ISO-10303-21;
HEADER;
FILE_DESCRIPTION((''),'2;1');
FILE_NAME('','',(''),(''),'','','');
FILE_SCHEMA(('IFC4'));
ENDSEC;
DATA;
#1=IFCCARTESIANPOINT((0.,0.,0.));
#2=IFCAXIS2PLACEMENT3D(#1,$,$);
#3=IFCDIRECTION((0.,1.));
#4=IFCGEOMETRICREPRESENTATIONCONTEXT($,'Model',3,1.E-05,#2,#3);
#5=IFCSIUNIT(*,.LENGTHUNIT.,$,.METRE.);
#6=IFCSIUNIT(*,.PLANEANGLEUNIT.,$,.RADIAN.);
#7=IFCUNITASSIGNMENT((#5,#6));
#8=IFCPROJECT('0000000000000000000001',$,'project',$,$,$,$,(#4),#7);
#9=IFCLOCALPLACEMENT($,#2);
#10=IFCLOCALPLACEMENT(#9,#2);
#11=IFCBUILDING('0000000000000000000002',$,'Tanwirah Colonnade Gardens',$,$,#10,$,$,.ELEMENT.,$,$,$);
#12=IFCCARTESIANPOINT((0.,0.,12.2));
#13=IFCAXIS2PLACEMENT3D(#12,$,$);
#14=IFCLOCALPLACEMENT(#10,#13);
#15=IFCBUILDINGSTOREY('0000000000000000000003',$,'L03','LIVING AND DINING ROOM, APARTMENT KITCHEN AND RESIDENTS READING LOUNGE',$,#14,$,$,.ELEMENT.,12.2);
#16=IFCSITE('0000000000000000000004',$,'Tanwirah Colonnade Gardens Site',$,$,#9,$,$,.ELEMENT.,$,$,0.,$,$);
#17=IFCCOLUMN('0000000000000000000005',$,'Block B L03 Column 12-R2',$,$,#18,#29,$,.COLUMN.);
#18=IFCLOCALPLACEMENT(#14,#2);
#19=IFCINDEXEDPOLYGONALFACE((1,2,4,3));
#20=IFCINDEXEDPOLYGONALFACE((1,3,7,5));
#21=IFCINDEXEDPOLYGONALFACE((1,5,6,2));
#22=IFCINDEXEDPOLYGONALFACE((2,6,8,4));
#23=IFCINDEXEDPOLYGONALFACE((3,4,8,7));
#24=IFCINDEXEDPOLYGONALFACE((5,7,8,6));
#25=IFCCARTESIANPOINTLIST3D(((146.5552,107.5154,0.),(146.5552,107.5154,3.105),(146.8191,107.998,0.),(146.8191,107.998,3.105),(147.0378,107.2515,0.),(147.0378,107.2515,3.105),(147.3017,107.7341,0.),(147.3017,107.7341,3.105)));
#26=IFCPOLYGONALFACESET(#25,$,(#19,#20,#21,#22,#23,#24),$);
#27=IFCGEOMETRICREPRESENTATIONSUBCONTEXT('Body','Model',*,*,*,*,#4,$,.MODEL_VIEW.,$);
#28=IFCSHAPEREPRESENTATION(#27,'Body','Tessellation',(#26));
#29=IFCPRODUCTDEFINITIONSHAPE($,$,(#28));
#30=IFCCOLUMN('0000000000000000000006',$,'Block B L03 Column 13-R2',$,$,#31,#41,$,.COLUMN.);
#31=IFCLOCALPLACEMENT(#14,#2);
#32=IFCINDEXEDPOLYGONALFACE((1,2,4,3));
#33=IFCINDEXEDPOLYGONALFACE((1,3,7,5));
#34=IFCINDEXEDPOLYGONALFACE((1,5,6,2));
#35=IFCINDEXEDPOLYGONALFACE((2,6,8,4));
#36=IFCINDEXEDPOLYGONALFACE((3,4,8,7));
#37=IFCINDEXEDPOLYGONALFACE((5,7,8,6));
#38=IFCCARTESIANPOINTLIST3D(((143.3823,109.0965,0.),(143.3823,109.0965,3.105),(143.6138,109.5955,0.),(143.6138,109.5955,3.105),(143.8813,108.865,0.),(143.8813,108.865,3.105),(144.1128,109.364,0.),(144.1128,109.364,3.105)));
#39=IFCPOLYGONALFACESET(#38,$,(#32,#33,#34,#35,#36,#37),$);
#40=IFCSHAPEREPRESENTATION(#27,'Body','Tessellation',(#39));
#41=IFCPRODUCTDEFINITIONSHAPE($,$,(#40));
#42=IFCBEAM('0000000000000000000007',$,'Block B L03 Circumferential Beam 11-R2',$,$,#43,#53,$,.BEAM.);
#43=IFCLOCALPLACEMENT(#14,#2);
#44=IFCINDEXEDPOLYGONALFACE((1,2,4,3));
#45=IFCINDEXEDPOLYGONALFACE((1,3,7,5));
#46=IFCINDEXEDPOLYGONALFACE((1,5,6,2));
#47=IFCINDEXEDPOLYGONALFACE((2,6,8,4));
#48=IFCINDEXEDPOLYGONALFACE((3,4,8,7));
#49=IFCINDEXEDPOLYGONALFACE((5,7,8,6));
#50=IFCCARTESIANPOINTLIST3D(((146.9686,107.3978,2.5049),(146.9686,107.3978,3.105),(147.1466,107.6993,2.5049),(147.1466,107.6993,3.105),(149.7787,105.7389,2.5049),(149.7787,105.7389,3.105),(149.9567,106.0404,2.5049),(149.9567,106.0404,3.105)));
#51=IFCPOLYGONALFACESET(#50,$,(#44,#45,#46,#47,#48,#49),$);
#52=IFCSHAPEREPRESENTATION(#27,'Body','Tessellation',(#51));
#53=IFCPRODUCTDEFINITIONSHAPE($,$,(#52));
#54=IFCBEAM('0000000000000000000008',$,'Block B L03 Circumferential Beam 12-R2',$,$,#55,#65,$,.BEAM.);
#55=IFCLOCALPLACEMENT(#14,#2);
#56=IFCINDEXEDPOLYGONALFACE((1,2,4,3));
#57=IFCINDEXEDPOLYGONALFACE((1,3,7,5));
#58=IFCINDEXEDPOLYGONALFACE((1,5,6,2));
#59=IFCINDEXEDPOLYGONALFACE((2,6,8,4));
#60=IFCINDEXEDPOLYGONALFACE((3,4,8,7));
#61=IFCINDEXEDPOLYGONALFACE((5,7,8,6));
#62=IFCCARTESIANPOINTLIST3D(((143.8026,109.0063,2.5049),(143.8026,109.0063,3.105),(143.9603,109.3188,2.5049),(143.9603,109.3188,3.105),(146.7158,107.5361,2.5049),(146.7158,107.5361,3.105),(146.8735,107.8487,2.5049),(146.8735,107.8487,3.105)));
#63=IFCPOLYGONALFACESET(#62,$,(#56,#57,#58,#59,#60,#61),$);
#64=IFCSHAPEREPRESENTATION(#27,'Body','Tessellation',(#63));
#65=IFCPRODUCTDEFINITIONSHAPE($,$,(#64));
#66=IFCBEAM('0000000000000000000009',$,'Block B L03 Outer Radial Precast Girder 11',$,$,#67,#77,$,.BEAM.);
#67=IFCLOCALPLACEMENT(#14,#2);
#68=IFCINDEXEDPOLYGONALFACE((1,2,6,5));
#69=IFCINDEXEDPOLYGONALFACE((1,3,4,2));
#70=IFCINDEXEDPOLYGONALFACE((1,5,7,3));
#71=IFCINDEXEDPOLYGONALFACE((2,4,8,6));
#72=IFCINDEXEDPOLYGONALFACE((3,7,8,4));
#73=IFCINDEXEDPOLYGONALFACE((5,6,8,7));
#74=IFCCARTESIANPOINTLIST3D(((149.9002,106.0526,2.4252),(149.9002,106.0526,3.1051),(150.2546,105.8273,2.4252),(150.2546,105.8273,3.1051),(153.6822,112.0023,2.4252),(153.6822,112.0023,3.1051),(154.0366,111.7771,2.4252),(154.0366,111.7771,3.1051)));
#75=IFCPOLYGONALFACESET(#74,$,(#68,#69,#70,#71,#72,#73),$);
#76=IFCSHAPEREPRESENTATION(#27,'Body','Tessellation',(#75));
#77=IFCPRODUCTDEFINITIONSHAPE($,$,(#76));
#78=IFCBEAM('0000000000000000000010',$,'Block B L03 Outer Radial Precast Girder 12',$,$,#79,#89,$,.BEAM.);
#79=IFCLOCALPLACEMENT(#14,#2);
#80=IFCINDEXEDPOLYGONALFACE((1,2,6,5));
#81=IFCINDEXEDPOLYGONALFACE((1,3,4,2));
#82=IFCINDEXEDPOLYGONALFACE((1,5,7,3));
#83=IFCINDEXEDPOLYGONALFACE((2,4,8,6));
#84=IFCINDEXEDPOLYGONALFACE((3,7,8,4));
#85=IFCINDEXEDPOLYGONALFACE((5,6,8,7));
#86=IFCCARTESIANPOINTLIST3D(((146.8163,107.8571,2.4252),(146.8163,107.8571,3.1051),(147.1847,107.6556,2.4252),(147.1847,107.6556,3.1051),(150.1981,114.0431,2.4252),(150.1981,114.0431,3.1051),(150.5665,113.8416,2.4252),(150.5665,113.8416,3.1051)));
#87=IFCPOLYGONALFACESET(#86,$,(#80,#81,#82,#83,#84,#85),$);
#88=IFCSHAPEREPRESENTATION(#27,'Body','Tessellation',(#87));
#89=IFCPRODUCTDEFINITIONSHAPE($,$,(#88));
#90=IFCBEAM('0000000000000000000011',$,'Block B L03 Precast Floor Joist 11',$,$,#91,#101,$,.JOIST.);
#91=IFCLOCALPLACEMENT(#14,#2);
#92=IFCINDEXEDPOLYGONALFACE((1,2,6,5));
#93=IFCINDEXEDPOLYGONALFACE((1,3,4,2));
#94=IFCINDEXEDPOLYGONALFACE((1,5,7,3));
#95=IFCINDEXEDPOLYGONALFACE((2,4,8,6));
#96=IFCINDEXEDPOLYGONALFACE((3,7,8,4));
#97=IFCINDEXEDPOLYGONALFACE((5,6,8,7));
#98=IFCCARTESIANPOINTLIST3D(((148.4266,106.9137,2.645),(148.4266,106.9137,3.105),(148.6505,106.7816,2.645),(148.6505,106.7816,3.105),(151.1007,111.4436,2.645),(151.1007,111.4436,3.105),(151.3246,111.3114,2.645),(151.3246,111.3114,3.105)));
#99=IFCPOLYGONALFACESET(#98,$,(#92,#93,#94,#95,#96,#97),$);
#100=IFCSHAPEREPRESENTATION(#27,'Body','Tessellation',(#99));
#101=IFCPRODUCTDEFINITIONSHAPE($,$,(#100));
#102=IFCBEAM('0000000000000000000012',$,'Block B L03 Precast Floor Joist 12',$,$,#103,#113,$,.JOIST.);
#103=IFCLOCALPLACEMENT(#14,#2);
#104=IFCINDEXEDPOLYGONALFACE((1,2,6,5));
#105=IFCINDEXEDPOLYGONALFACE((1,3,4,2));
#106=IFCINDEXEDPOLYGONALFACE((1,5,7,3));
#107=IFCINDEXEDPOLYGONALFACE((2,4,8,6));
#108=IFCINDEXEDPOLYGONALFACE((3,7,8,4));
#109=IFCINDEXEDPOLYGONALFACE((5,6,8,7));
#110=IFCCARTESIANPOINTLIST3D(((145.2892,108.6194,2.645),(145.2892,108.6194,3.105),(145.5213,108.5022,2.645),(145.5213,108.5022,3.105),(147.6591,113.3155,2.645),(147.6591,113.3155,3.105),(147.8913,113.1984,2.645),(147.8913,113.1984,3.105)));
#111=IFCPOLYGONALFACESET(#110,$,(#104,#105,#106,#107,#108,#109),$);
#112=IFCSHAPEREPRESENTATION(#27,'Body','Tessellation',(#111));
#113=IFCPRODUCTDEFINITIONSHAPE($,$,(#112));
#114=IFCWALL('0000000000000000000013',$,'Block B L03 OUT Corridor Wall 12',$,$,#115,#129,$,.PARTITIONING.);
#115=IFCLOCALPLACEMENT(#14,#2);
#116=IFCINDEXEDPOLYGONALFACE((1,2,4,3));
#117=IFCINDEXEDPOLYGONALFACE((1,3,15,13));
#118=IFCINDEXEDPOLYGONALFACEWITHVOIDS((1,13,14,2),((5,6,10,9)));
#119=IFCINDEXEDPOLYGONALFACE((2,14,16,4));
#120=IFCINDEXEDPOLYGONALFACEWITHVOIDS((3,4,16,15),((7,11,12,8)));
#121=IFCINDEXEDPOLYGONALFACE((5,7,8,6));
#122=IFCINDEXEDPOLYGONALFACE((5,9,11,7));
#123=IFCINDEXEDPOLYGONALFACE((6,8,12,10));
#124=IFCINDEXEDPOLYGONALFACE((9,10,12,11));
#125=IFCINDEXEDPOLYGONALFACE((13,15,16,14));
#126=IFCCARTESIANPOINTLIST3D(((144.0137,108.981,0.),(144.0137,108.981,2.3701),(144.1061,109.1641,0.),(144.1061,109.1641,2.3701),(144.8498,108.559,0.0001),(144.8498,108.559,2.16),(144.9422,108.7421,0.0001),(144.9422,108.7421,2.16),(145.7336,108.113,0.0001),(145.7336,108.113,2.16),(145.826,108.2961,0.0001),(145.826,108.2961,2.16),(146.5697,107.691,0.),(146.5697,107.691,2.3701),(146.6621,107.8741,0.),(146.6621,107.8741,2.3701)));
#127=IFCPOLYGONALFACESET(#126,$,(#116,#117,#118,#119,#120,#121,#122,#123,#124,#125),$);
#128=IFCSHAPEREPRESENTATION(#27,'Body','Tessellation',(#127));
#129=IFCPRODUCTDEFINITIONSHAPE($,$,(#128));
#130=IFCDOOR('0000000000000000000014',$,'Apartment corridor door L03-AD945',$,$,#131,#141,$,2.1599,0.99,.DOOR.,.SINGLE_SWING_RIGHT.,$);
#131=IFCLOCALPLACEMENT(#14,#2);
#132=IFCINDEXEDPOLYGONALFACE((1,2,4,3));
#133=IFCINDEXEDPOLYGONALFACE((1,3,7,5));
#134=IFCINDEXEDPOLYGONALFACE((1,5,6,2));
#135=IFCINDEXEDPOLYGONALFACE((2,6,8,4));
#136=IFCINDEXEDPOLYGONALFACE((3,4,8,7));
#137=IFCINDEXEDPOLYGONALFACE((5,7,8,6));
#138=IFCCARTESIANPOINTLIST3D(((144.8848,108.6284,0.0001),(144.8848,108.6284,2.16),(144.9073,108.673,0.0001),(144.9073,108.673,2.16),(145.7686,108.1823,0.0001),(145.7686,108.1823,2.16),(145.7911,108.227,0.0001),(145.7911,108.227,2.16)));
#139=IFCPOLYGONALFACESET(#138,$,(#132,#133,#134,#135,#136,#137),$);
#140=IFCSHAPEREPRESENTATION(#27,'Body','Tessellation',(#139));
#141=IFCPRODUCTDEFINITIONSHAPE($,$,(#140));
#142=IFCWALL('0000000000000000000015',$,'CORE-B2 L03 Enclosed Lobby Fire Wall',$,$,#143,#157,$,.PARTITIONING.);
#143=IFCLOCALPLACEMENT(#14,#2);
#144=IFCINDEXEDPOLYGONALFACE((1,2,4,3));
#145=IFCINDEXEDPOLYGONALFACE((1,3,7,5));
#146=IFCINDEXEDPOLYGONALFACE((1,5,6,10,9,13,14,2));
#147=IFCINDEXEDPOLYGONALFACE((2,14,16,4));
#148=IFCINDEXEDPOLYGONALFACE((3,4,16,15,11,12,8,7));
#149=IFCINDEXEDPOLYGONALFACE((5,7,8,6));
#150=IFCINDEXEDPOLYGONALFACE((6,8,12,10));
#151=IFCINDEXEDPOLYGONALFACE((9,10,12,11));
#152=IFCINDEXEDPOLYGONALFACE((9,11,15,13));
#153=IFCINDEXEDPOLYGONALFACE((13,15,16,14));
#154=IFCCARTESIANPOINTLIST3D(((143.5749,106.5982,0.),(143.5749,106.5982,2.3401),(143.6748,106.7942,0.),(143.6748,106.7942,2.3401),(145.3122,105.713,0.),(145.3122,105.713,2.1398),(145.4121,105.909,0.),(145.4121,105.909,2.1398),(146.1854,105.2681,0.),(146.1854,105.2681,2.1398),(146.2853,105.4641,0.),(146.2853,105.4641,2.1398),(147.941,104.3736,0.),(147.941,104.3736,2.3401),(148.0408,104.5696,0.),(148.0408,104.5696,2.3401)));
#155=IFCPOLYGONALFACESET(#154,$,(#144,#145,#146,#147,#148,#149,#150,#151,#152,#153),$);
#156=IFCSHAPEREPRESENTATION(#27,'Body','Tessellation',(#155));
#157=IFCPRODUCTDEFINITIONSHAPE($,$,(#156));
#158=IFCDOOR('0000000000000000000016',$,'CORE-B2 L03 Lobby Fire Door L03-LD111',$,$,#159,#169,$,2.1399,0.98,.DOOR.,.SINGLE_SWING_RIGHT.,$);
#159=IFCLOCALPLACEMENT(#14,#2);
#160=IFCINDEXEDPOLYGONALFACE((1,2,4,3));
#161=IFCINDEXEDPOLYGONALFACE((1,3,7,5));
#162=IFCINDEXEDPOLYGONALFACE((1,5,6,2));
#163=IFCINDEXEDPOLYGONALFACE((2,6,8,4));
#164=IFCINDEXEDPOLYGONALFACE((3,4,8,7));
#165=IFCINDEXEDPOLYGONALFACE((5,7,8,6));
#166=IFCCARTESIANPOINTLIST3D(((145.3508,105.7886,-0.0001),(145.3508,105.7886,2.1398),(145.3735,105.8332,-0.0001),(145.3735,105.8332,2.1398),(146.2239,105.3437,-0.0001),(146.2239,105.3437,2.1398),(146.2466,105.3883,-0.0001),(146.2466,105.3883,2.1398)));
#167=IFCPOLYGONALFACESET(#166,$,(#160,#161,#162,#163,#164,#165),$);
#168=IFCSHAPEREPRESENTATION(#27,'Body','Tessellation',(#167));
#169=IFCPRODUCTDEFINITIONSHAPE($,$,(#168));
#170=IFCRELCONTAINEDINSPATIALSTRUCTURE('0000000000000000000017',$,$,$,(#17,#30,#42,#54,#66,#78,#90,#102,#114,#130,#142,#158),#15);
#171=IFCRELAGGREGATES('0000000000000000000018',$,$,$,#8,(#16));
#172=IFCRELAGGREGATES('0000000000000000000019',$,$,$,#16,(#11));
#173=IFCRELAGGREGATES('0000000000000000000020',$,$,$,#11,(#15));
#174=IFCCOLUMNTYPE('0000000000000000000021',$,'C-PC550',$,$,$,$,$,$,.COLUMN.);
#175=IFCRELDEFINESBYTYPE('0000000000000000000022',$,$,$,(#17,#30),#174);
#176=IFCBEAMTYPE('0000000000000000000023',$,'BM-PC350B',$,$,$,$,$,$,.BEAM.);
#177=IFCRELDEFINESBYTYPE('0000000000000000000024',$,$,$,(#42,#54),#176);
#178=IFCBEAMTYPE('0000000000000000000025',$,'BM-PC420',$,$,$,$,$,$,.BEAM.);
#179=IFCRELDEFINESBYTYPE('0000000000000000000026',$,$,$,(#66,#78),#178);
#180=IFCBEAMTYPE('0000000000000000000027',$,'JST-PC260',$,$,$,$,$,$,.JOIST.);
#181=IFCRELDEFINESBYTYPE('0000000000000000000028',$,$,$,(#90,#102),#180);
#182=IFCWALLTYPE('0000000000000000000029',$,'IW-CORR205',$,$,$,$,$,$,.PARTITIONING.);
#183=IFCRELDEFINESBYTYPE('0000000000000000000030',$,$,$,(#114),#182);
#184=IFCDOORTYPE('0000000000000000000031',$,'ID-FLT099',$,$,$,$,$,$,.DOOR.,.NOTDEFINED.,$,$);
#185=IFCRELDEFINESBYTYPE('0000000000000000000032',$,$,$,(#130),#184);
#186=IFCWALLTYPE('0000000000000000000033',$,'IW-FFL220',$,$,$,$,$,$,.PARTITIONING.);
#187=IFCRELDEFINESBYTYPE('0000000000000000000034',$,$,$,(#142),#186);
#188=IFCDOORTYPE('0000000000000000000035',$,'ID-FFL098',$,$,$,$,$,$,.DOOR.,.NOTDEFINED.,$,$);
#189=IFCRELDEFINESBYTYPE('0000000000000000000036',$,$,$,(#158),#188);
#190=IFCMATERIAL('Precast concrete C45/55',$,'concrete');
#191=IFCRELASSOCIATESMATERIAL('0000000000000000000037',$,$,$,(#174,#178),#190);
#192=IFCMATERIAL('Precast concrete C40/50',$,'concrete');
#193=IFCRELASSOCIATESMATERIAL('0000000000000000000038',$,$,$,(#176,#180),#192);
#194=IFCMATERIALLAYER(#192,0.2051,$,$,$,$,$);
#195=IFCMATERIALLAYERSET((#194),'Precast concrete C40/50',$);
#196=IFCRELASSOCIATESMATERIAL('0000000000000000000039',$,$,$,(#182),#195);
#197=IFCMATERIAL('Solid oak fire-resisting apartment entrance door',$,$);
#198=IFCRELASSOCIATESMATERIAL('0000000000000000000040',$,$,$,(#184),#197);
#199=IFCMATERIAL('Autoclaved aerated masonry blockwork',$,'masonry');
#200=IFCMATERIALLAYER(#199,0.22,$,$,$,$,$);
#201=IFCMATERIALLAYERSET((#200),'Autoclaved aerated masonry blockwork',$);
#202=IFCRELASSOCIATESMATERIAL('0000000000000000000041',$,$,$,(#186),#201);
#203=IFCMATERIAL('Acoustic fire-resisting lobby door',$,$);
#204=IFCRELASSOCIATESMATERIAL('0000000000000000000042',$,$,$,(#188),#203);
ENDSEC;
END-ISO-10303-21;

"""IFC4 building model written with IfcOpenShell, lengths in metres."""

from ifc_helpers import new_model, si_unit, direction, frame, frame_2d, origin, origin_2d, place, context, subcontext, project, spatial, rectangle, extrude, material, layer, layer_set, material_profile, profile_set, type_object, element, fill, save


model = new_model("IFC4")

# Units and contexts
model_context = context("Model", 3, precision=1e-05, world=origin(), true_north=direction((0.0, 1.0)))
body_context = subcontext(model_context, "Body", "Model", "MODEL_VIEW")
ifc_project = project(units=[si_unit("LENGTHUNIT", "METRE"), si_unit("PLANEANGLEUNIT", "RADIAN")], contexts=[model_context])

# Site, building, storey
site_placement = place(None, origin())
site = spatial("IfcSite", under=ifc_project, at=site_placement, Name="Tanwirah Colonnade Gardens Site", CompositionType="ELEMENT", RefElevation=0.0)
building_placement = place(site_placement, origin())
building = spatial("IfcBuilding", under=site, at=building_placement, Name="Tanwirah Colonnade Gardens", CompositionType="ELEMENT")
storey_placement = place(building_placement, frame((0.0, 0.0, 12.2)))
storey = spatial("IfcBuildingStorey", under=building, at=storey_placement, Name="L03", Description="LIVING AND DINING ROOM, APARTMENT KITCHEN AND RESIDENTS READING LOUNGE", CompositionType="ELEMENT", Elevation=12.2)

# Columns
ifc_material_1 = material(Name="Precast concrete C45/55", Category="concrete")
ifc_material_profile_1 = material_profile(ifc_material_1, rectangle(XDim=0.55, YDim=0.55, at=origin_2d()), Name="PC-COL 550x550")
ifc_profile_set_1 = profile_set([ifc_material_profile_1], Name="Precast concrete C45/55")
column_type = type_object("IfcColumnType", Name="C-PC550", PredefinedType="COLUMN", material=ifc_profile_set_1)
for number, where, z_axis, x_axis, name in (
    (1, (146.9285, 107.6248, 0.0), (0.0, 0.0, 1.0), (0.479713, 0.877425, 0.0), "Block B L03 Column 12-R2"),
    (2, (143.7476, 109.2302, 0.0), (0.0, 0.0, 1.0), (0.42086, 0.907126, 0.0), "Block B L03 Column 13-R2"),
):
    element("IfcColumn", number, at=place(storey_placement, frame(where, z_axis=z_axis, x_axis=x_axis)), inside=storey, type_object=column_type, Name=name, PredefinedType="COLUMN", context=body_context, shape_type="SweptSolid", body=[
        extrude(rectangle(XDim=0.55, YDim=0.55, at=origin_2d()), origin(), (0.0, 0.0, 1.0), 3.105),
    ])

# Beams
ifc_material_2 = material(Name="Precast concrete C40/50", Category="concrete")
ifc_material_profile_2 = material_profile(ifc_material_2, rectangle(XDim=0.3501, YDim=0.6001, at=origin_2d()), Name="PC-BM 350x600")
ifc_profile_set_2 = profile_set([ifc_material_profile_2], Name="Precast concrete C40/50")
beam_type_1 = type_object("IfcBeamType", Name="BM-PC350B", PredefinedType="BEAM", material=ifc_profile_set_2)
for number, where, z_axis, x_axis, name in (
    (3, (149.8677, 105.8896, 2.8049), (-0.861135, 0.508376, 0.0), (-0.508376, -0.861135, 0.0), "Block B L03 Circumferential Beam 11-R2"),
    (4, (146.7947, 107.6924, 2.8049), (-0.89276, 0.450532, 0.0), (-0.450532, -0.89276, 0.0), "Block B L03 Circumferential Beam 12-R2"),
):
    element("IfcBeam", number, at=place(storey_placement, frame(where, z_axis=z_axis, x_axis=x_axis)), inside=storey, type_object=beam_type_1, Name=name, PredefinedType="BEAM", context=body_context, shape_type="SweptSolid", body=[
        extrude(rectangle(XDim=0.3501, YDim=0.6001, at=origin_2d()), origin(), (0.0, 0.0, 1.0), 3.2632),
    ])
ifc_material_profile_3 = material_profile(ifc_material_1, rectangle(XDim=0.4199, YDim=0.6799, at=origin_2d()), Name="PC-BM 420x680")
ifc_profile_set_3 = profile_set([ifc_material_profile_3], Name="Precast concrete C45/55")
beam_type_2 = type_object("IfcBeamType", Name="BM-PC420", PredefinedType="BEAM", material=ifc_profile_set_3)
for number, where, z_axis, x_axis, name in (
    (5, (150.0774, 105.9399, 2.7651), (0.536452, 0.843931, 0.0), (-0.843931, 0.536452, 0.0), "Block B L03 Outer Radial Precast Girder 11"),
    (6, (147.0005, 107.7563, 2.7651), (0.479687, 0.87744, 0.0), (-0.87744, 0.479687, 0.0), "Block B L03 Outer Radial Precast Girder 12"),
):
    element("IfcBeam", number, at=place(storey_placement, frame(where, z_axis=z_axis, x_axis=x_axis)), inside=storey, type_object=beam_type_2, Name=name, PredefinedType="BEAM", context=body_context, shape_type="SweptSolid", body=[
        extrude(rectangle(XDim=0.4199, YDim=0.6799, at=origin_2d()), origin(), (0.0, 0.0, 1.0), 7.05),
    ])
ifc_material_profile_4 = material_profile(ifc_material_2, rectangle(XDim=0.26, YDim=0.46, at=origin_2d()), Name="PC-JST 260x460")
ifc_profile_set_4 = profile_set([ifc_material_profile_4], Name="Precast concrete C40/50")
beam_type_3 = type_object("IfcBeamType", Name="JST-PC260", PredefinedType="JOIST", material=ifc_profile_set_4)
for number, where, z_axis, x_axis, name in (
    (7, (148.5386, 106.8477, 2.875), (0.50836, 0.861145, 0.0), (-0.861145, 0.50836, 0.0), "Block B L03 Precast Floor Joist 11"),
    (8, (145.4053, 108.5608, 2.875), (0.450534, 0.892759, 0.0), (-0.892759, 0.450534, 0.0), "Block B L03 Precast Floor Joist 12"),
):
    element("IfcBeam", number, at=place(storey_placement, frame(where, z_axis=z_axis, x_axis=x_axis)), inside=storey, type_object=beam_type_3, Name=name, PredefinedType="JOIST", context=body_context, shape_type="SweptSolid", body=[
        extrude(rectangle(XDim=0.26, YDim=0.46, at=origin_2d()), origin(), (0.0, 0.0, 1.0), 5.2603),
    ])

# Walls, openings, doors
ifc_layer_1 = layer(ifc_material_2, 0.2051)
ifc_layer_set_1 = layer_set([ifc_layer_1], Name="Precast concrete C40/50")
wall_type_1 = type_object("IfcWallType", Name="IW-CORR205", PredefinedType="PARTITIONING", material=ifc_layer_set_1)
ifc_material_3 = material(Name="Solid oak fire-resisting apartment entrance door")
wall_1_placement = place(storey_placement, frame((146.616, 107.7825, 0.0), z_axis=(0.0, 0.0, 1.0), x_axis=(-0.892732, 0.450587, 0.0)))
wall_1 = element("IfcWall", 9, at=wall_1_placement, inside=storey, type_object=wall_type_1, Name="Block B L03 OUT Corridor Wall 12", PredefinedType="PARTITIONING", context=body_context, shape_type="SweptSolid", body=[
    extrude(rectangle(XDim=2.863, YDim=0.2051, at=frame_2d((1.4316, 0.0))), origin(), (0.0, 0.0, 1.0), 2.3701),
])
opening_1_placement = place(wall_1_placement, frame((0.9365, 0.0, 0.0)))
opening_1 = element("IfcOpeningElement", 10, at=opening_1_placement, cuts=wall_1, PredefinedType="OPENING", context=body_context, shape_type="SweptSolid", body=[
    extrude(rectangle(XDim=0.99, YDim=2.1599, at=frame_2d((0.4951, 1.0801))), frame((0.0, 0.1125, 0.0), z_axis=(0.0, -1.0, 0.0), x_axis=(1.0, 0.0, 0.0)), (0.0, 0.0, 1.0), 0.2251),
])
door_type_1 = type_object("IfcDoorType", Name="ID-FLT099", OperationType="NOTDEFINED", PredefinedType="DOOR", material=ifc_material_3)
door_1_placement = place(opening_1_placement, origin())
door_1 = element("IfcDoor", 11, at=door_1_placement, inside=storey, type_object=door_type_1, Name="Apartment corridor door L03-AD945", OperationType="SINGLE_SWING_RIGHT", OverallHeight=2.1599, OverallWidth=0.99, PredefinedType="DOOR", context=body_context, shape_type="SweptSolid", body=[
    extrude(rectangle(XDim=0.99, YDim=2.1599, at=frame_2d((0.4951, 1.0801))), frame((0.0, 0.0249, 0.0), z_axis=(0.0, -1.0, 0.0), x_axis=(1.0, 0.0, 0.0)), (0.0, 0.0, 1.0), 0.05),
])
fill(opening_1, door_1)
ifc_material_4 = material(Name="Autoclaved aerated masonry blockwork", Category="masonry")
ifc_layer_2 = layer(ifc_material_4, 0.22)
ifc_layer_set_2 = layer_set([ifc_layer_2], Name="Autoclaved aerated masonry blockwork")
wall_type_2 = type_object("IfcWallType", Name="IW-FFL220", PredefinedType="PARTITIONING", material=ifc_layer_set_2)
wall_2_placement = place(storey_placement, frame((143.6248, 106.6963, 0.0), z_axis=(0.0, 0.0, 1.0), x_axis=(0.891003, -0.453997, 0.0)))
wall_2 = element("IfcWall", 12, at=wall_2_placement, inside=storey, type_object=wall_type_2, Name="CORE-B2 L03 Enclosed Lobby Fire Wall", PredefinedType="PARTITIONING", context=body_context, shape_type="SweptSolid", body=[
    extrude(rectangle(XDim=4.9001, YDim=0.22, at=frame_2d((2.4502, 0.0))), origin(), (0.0, 0.0, 1.0), 2.3401),
])
opening_2_placement = place(wall_2_placement, frame((1.95, 0.0, 0.0)))
opening_2 = element("IfcOpeningElement", 13, at=opening_2_placement, cuts=wall_2, PredefinedType="OPENING", context=body_context, shape_type="SweptSolid", body=[
    extrude(rectangle(XDim=0.98, YDim=2.1399, at=frame_2d((0.49, 1.0698))), frame((0.0, 0.1199, 0.0), z_axis=(0.0, -1.0, 0.0), x_axis=(1.0, 0.0, 0.0)), (0.0, 0.0, 1.0), 0.24),
])
ifc_material_5 = material(Name="Acoustic fire-resisting lobby door")
door_type_2 = type_object("IfcDoorType", Name="ID-FFL098", OperationType="NOTDEFINED", PredefinedType="DOOR", material=ifc_material_5)
door_2_placement = place(opening_2_placement, origin())
door_2 = element("IfcDoor", 14, at=door_2_placement, inside=storey, type_object=door_type_2, Name="CORE-B2 L03 Lobby Fire Door L03-LD111", OperationType="SINGLE_SWING_RIGHT", OverallHeight=2.1399, OverallWidth=0.98, PredefinedType="DOOR", context=body_context, shape_type="SweptSolid", body=[
    extrude(rectangle(XDim=0.98, YDim=2.1399, at=frame_2d((0.49, 1.0698))), frame((0.0, 0.0249, 0.0), z_axis=(0.0, -1.0, 0.0), x_axis=(1.0, 0.0, 0.0)), (0.0, 0.0, 1.0), 0.05),
])
fill(opening_2, door_2)

save(model, "model.ifc")
